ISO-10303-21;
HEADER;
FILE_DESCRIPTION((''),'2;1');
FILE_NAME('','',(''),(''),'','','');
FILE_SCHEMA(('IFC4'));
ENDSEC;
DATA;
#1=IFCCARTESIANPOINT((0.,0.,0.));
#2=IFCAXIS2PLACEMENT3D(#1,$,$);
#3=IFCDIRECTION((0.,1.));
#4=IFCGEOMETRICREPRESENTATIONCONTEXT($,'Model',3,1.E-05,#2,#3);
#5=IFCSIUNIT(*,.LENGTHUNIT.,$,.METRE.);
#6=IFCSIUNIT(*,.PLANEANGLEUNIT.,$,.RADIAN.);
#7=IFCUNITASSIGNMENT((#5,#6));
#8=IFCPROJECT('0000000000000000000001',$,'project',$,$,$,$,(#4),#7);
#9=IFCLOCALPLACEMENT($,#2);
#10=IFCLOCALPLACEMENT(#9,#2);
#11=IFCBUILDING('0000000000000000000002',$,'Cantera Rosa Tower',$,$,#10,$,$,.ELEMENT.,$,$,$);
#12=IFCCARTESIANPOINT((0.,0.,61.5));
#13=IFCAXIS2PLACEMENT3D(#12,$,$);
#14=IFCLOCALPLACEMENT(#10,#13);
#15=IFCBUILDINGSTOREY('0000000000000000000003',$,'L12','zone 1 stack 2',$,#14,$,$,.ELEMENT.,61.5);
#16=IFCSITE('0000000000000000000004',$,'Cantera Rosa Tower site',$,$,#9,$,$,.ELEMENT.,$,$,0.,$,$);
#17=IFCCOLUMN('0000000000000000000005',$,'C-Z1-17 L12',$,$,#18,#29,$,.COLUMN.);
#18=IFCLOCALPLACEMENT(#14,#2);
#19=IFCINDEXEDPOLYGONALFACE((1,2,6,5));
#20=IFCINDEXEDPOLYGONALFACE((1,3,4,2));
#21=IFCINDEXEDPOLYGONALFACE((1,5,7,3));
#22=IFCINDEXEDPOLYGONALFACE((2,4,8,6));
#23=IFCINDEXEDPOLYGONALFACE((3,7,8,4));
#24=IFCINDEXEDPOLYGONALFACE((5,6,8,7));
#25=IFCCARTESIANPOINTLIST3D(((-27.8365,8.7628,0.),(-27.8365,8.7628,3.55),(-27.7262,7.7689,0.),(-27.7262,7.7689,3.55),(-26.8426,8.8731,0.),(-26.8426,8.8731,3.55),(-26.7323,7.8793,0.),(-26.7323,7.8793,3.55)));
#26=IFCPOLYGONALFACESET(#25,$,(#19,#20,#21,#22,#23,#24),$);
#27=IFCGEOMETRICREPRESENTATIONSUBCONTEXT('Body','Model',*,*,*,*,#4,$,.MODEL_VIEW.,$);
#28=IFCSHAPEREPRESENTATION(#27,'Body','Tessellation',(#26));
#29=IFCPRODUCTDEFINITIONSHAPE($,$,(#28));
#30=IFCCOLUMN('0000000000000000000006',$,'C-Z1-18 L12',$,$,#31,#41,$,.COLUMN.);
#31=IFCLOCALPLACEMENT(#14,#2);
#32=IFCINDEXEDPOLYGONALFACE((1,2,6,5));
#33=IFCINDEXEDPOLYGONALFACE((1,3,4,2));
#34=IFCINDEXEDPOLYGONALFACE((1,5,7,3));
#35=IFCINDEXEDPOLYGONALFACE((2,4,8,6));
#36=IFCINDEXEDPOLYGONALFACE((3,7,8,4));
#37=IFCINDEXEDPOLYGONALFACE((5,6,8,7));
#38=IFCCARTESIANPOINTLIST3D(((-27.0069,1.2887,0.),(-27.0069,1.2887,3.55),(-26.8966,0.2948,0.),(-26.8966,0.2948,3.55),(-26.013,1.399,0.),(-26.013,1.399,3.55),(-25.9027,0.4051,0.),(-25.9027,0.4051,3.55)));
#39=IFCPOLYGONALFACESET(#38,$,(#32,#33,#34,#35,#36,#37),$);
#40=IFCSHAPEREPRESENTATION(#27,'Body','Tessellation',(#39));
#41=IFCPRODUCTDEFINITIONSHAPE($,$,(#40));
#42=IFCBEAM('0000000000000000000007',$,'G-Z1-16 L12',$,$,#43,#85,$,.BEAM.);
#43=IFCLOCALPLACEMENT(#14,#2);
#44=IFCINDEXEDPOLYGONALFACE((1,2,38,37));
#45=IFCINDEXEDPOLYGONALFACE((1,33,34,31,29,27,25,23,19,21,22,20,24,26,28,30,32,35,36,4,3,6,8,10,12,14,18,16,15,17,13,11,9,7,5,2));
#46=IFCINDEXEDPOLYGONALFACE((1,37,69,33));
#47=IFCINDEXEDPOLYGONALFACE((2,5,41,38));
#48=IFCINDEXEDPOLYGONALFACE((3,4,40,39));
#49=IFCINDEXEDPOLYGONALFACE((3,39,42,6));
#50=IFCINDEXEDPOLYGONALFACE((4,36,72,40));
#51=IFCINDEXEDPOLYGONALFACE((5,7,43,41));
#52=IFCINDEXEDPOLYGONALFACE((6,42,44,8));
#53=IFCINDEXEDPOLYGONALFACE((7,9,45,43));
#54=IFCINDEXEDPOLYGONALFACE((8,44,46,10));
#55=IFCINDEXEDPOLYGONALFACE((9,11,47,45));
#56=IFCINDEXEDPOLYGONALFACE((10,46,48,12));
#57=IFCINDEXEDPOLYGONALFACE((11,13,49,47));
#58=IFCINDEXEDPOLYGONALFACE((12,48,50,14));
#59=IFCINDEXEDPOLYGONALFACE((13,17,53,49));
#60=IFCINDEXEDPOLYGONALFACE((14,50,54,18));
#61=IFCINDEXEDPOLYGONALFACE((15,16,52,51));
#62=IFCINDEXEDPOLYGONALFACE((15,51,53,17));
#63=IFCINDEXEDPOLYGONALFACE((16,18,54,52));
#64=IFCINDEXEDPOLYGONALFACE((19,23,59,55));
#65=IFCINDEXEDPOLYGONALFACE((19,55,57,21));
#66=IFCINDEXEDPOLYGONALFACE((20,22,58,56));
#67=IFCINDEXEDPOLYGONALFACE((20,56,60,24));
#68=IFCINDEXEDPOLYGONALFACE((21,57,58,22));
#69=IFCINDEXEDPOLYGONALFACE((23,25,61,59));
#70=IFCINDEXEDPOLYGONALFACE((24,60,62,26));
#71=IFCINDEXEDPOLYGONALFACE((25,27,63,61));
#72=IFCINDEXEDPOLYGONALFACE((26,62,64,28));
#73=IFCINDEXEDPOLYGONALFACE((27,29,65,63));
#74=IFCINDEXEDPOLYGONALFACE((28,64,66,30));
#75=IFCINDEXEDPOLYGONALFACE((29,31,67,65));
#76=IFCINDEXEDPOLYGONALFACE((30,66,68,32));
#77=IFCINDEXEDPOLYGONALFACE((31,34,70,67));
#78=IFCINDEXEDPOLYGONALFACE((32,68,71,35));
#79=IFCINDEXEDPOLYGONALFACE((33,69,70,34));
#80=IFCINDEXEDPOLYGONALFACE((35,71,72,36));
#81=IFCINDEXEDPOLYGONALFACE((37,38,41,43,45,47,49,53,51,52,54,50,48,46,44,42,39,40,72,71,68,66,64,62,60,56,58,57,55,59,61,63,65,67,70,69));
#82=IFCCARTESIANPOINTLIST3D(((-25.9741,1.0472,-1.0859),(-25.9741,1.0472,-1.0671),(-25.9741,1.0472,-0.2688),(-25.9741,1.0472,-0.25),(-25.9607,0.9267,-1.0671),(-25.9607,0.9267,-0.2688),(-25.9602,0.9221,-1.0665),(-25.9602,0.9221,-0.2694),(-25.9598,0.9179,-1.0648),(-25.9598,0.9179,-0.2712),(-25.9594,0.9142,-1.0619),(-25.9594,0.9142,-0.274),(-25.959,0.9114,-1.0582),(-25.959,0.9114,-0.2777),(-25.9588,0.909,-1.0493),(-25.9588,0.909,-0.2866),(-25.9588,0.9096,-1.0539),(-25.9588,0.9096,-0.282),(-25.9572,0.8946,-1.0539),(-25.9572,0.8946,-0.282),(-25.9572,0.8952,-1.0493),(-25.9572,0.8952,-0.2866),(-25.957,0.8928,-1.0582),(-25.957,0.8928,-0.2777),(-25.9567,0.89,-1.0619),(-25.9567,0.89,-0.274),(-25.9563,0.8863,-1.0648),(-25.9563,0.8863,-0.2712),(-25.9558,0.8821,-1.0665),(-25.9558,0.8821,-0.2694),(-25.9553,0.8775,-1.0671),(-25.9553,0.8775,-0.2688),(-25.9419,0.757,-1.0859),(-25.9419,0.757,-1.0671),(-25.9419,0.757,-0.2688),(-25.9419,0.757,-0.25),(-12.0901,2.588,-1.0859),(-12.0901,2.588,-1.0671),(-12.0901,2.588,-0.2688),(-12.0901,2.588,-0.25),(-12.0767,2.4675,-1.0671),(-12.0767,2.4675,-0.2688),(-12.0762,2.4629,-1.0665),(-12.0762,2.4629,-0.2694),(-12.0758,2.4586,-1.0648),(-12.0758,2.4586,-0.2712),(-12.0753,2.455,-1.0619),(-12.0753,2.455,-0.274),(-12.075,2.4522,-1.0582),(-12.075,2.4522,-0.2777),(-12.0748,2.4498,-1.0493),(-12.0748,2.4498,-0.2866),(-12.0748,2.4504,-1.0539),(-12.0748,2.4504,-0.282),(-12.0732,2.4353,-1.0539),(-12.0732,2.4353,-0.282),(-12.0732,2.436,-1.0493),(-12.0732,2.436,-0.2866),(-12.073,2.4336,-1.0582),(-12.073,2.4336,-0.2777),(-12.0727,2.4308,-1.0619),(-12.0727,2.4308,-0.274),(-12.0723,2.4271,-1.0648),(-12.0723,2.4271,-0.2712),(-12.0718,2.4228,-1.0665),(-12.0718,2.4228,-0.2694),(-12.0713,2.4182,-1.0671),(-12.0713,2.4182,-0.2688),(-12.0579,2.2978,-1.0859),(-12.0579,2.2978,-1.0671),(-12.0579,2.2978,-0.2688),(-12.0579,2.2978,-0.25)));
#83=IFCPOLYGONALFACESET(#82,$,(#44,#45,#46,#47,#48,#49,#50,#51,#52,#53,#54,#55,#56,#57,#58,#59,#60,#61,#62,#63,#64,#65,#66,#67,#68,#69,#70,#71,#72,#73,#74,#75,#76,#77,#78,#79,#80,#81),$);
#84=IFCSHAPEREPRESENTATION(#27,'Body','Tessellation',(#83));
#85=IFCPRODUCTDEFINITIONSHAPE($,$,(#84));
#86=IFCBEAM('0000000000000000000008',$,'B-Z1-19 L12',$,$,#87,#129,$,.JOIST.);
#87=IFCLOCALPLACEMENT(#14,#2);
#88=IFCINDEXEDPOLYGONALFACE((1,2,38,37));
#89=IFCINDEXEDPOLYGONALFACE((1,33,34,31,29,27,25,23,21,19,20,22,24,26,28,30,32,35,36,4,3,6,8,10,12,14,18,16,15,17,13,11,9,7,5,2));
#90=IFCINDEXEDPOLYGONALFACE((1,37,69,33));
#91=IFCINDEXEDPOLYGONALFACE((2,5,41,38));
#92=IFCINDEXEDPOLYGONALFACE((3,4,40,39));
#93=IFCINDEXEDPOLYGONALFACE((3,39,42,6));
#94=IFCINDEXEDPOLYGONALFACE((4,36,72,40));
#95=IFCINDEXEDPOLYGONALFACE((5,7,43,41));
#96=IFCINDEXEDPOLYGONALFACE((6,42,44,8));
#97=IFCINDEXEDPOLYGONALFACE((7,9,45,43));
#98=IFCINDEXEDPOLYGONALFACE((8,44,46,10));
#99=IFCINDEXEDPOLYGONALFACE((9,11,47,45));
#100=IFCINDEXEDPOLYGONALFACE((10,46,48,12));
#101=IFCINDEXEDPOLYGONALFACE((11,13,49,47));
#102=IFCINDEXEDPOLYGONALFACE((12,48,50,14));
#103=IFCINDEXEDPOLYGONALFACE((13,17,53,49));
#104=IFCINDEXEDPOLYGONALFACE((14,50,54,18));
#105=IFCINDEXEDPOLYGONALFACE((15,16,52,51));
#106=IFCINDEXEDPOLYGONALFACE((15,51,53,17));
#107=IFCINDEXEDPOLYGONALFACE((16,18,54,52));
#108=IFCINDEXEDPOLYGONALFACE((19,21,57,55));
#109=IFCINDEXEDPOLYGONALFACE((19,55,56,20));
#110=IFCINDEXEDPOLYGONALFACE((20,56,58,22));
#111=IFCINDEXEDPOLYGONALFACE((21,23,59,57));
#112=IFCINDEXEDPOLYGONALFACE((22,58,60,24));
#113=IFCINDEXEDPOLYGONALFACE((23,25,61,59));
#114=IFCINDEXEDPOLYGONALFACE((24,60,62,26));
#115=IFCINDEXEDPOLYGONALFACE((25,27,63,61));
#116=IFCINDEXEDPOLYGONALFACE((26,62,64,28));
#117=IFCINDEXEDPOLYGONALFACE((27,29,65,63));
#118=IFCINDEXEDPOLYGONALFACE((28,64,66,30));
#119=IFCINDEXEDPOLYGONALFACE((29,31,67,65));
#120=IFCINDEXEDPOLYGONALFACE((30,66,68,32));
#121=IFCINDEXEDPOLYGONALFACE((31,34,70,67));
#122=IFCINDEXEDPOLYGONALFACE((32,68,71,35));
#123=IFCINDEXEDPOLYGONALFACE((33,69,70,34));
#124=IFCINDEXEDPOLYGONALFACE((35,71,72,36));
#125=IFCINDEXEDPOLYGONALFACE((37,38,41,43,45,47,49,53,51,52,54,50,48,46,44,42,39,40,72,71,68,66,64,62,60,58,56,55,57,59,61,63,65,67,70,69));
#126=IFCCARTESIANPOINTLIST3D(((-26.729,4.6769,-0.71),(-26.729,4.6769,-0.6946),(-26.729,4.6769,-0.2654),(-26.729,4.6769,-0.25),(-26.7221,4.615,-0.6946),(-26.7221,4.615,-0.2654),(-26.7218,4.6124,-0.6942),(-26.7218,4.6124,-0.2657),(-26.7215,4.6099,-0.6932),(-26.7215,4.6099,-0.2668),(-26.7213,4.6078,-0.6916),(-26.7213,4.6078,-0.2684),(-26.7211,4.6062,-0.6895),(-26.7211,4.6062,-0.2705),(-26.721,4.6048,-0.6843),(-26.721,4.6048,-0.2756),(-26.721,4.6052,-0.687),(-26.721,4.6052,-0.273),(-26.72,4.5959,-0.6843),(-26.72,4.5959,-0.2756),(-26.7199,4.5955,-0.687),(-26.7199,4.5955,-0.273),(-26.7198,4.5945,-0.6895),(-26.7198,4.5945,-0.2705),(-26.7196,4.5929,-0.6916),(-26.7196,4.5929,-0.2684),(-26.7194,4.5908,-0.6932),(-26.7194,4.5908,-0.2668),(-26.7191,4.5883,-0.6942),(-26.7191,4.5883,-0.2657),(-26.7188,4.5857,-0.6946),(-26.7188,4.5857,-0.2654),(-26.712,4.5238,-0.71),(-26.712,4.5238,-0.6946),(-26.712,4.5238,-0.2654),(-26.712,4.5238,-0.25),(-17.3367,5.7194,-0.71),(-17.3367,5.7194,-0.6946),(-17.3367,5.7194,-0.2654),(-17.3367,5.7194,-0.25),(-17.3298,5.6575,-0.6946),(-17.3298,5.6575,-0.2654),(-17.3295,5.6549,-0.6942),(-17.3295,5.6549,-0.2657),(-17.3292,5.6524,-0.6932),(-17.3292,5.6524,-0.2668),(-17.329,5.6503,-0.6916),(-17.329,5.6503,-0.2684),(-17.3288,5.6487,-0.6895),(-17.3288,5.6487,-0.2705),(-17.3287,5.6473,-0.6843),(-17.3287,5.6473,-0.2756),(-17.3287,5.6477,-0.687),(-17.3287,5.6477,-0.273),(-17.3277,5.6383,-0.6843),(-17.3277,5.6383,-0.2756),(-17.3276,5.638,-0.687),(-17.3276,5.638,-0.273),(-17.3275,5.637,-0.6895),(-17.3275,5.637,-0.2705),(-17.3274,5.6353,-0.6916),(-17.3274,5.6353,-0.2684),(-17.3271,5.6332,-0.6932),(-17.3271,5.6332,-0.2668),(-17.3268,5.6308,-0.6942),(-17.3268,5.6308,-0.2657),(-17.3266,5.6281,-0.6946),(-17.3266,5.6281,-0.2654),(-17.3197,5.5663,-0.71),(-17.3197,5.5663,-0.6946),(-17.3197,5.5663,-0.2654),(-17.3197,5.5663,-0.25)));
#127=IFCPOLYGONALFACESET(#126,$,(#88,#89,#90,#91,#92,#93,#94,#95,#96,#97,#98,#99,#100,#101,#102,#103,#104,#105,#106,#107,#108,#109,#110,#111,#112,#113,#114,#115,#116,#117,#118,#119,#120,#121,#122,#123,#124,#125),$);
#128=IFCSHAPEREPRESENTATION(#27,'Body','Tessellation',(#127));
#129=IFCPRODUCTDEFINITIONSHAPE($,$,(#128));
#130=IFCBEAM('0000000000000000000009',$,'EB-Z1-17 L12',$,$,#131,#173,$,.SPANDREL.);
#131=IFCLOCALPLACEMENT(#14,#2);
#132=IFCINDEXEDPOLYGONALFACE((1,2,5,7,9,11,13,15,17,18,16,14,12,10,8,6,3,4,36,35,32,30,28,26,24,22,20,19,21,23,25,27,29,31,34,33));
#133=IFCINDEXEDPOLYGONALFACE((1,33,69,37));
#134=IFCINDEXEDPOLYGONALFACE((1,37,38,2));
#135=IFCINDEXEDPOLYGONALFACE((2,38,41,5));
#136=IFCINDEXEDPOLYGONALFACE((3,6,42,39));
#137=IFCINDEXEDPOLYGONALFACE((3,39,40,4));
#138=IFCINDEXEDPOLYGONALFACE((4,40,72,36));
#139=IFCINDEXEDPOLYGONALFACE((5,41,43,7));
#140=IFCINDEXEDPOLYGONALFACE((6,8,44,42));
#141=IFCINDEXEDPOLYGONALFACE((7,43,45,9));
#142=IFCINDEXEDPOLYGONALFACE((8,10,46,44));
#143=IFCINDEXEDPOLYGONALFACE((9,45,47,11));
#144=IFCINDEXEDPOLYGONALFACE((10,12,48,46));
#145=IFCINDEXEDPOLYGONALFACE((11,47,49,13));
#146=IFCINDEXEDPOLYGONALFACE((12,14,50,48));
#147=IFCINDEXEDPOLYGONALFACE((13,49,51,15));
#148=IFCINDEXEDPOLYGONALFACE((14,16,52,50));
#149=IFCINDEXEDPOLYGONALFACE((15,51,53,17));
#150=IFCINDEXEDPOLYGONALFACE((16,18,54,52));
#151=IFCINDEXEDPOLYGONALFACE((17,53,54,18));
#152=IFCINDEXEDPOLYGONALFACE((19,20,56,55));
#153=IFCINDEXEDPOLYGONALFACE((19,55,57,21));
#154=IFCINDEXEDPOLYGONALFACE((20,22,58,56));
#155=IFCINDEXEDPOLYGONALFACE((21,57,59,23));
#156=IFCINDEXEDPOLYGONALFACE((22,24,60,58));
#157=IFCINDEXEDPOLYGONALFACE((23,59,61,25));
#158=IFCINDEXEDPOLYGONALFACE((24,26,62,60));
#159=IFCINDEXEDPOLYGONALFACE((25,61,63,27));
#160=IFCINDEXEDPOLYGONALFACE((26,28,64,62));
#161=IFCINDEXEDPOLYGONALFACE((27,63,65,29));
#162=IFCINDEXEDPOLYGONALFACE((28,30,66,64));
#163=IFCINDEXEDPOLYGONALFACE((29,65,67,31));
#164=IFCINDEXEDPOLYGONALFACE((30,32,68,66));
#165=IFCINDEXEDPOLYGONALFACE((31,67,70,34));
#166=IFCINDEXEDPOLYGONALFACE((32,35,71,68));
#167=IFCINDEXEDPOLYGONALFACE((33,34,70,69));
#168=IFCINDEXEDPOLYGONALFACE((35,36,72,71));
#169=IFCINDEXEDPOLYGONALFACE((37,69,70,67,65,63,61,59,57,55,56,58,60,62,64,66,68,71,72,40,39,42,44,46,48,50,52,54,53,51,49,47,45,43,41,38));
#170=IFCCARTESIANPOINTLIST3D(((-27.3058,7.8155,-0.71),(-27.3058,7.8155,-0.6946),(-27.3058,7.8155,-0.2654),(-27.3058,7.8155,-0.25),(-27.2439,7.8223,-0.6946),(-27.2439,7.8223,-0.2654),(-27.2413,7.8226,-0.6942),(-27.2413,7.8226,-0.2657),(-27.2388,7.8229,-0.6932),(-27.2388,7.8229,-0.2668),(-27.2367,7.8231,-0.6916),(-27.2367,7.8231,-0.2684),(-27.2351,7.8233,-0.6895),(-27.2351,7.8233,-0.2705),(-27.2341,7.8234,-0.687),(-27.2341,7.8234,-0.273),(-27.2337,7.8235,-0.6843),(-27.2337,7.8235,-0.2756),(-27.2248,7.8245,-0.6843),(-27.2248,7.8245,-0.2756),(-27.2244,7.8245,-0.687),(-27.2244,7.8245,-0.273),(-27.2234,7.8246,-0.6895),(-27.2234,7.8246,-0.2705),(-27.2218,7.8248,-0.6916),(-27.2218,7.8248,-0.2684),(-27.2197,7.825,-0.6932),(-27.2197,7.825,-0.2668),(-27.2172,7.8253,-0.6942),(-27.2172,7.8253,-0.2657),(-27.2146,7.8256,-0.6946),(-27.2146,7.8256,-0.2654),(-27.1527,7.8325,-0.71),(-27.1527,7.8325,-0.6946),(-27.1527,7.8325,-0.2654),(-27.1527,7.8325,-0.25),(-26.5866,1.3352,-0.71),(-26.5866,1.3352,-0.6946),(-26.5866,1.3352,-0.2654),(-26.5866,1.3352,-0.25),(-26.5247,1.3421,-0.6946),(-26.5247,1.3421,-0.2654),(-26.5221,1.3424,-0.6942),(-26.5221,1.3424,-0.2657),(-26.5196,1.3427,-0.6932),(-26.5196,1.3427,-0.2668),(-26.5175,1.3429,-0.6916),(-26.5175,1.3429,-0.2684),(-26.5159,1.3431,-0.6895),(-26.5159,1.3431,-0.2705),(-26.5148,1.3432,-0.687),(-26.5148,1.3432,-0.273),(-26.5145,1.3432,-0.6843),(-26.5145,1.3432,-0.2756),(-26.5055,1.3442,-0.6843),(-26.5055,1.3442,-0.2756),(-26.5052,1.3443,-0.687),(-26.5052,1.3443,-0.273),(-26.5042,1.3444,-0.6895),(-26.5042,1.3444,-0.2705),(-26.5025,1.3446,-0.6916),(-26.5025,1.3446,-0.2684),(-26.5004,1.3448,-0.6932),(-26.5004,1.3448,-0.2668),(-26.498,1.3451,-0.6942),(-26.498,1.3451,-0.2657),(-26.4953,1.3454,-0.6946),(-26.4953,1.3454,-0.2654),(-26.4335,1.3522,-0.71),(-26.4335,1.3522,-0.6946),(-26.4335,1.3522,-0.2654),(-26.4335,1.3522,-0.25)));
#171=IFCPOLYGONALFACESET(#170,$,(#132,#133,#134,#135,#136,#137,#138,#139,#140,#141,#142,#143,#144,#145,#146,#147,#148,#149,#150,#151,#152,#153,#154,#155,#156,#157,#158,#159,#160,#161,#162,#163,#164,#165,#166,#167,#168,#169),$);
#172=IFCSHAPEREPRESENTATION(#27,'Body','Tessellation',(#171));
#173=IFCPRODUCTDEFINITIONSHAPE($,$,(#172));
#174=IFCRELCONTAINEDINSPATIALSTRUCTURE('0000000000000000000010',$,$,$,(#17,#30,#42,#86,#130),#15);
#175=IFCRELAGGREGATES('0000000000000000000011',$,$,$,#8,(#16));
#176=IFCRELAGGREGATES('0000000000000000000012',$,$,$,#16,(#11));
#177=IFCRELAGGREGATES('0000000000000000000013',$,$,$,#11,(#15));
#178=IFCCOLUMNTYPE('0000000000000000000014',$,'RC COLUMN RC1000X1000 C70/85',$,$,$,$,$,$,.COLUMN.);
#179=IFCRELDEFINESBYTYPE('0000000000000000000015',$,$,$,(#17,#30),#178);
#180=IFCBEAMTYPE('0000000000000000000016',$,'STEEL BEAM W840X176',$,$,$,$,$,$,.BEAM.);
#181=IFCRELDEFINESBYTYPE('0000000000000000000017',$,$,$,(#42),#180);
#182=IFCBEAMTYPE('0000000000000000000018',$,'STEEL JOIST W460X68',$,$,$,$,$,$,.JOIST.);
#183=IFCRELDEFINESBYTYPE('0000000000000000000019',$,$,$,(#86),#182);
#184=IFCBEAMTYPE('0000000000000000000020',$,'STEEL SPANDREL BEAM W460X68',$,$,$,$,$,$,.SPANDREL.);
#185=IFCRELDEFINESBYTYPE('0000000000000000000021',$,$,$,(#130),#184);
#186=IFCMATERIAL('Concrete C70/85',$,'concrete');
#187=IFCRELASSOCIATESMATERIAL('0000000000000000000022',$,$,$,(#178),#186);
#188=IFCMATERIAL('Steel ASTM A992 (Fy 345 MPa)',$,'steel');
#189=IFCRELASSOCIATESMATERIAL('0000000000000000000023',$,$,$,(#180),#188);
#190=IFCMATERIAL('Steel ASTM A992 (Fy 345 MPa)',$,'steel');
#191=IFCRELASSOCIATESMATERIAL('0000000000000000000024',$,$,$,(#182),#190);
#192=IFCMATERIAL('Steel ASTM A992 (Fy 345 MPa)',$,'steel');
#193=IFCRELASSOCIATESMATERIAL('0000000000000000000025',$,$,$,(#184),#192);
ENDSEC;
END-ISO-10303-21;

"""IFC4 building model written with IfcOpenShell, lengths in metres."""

from ifc_helpers import new_model, si_unit, direction, frame, origin, origin_2d, place, context, subcontext, project, spatial, rectangle, i_section, extrude, material, material_profile, profile_set, type_object, element, save


model = new_model("IFC4")

# Units and contexts
model_context = context("Model", 3, precision=1e-05, world=origin(), true_north=direction((0.0, 1.0)))
body_context = subcontext(model_context, "Body", "Model", "MODEL_VIEW")
ifc_project = project(units=[si_unit("LENGTHUNIT", "METRE"), si_unit("PLANEANGLEUNIT", "RADIAN")], contexts=[model_context])

# Site, building, storey
site_placement = place(None, origin())
site = spatial("IfcSite", under=ifc_project, at=site_placement, Name="Cantera Rosa Tower site", CompositionType="ELEMENT", RefElevation=0.0)
building_placement = place(site_placement, origin())
building = spatial("IfcBuilding", under=site, at=building_placement, Name="Cantera Rosa Tower", CompositionType="ELEMENT")
storey_placement = place(building_placement, frame((0.0, 0.0, 61.5)))
storey = spatial("IfcBuildingStorey", under=building, at=storey_placement, Name="L12", Description="zone 1 stack 2", CompositionType="ELEMENT", Elevation=61.5)

# Columns
ifc_material_1 = material(Name="Concrete C70/85", Category="concrete")
ifc_material_profile_1 = material_profile(ifc_material_1, rectangle(XDim=1.0, YDim=1.0, at=origin_2d()), Name="RC COLUMN RC1000X1000 C70/85")
ifc_profile_set_1 = profile_set([ifc_material_profile_1], Name="Concrete C70/85")
column_type = type_object("IfcColumnType", Name="RC COLUMN RC1000X1000 C70/85", PredefinedType="COLUMN", material=ifc_profile_set_1)
for number, where, z_axis, x_axis, name in (
    (1, (-27.2844, 8.321, 0.0), (0.0, 0.0, 1.0), (0.993897, 0.110313, 0.0), "C-Z1-17 L12"),
    (2, (-26.4548, 0.8469, 0.0), (0.0, 0.0, 1.0), (0.993897, 0.110313, 0.0), "C-Z1-18 L12"),
):
    element("IfcColumn", number, at=place(storey_placement, frame(where, z_axis=z_axis, x_axis=x_axis)), inside=storey, type_object=column_type, Name=name, PredefinedType="COLUMN", context=body_context, shape_type="SweptSolid", body=[
        extrude(rectangle(XDim=1.0, YDim=1.0, at=origin_2d()), origin(), (0.0, 0.0, 1.0), 3.55),
    ])

# Beams
ifc_material_2 = material(Name="Steel ASTM A992 (Fy 345 MPa)", Category="steel")
ifc_material_profile_2 = material_profile(ifc_material_2, i_section(OverallWidth=0.292, OverallDepth=0.8359, WebThickness=0.0139, FlangeThickness=0.0188, FilletRadius=0.0178, at=origin_2d()), Name="W840X176")
ifc_profile_set_2 = profile_set([ifc_material_profile_2], Name="Steel ASTM A992 (Fy 345 MPa)")
beam_type_1 = type_object("IfcBeamType", Name="STEEL BEAM W840X176", PredefinedType="BEAM", material=ifc_profile_set_2)
beam_1_placement = place(storey_placement, frame((-25.958, 0.9021, -0.668), z_axis=(0.993899, 0.110297, 0.0), x_axis=(-0.110297, 0.993899, 0.0)))
element("IfcBeam", 3, at=beam_1_placement, inside=storey, type_object=beam_type_1, Name="G-Z1-16 L12", PredefinedType="BEAM", context=body_context, shape_type="SweptSolid", body=[
    extrude(i_section(OverallWidth=0.292, OverallDepth=0.8359, WebThickness=0.0139, FlangeThickness=0.0188, FilletRadius=0.0178, at=origin_2d()), origin(), (0.0, 0.0, 1.0), 13.9692),
])
ifc_material_3 = material(Name="Steel ASTM A992 (Fy 345 MPa)", Category="steel")
ifc_material_profile_3 = material_profile(ifc_material_3, i_section(OverallWidth=0.1541, OverallDepth=0.46, WebThickness=0.009, FlangeThickness=0.0154, FilletRadius=0.0103, at=origin_2d()), Name="W460X68")
ifc_profile_set_3 = profile_set([ifc_material_profile_3], Name="Steel ASTM A992 (Fy 345 MPa)")
beam_type_2 = type_object("IfcBeamType", Name="STEEL JOIST W460X68", PredefinedType="JOIST", material=ifc_profile_set_3)
beam_2_placement = place(storey_placement, frame((-26.7205, 4.6003, -0.48), z_axis=(0.993897, 0.110315, 0.0), x_axis=(-0.110315, 0.993897, 0.0)))
element("IfcBeam", 4, at=beam_2_placement, inside=storey, type_object=beam_type_2, Name="B-Z1-19 L12", PredefinedType="JOIST", context=body_context, shape_type="SweptSolid", body=[
    extrude(i_section(OverallWidth=0.1541, OverallDepth=0.46, WebThickness=0.009, FlangeThickness=0.0154, FilletRadius=0.0103, at=origin_2d()), origin(), (0.0, 0.0, 1.0), 9.45),
])
ifc_material_4 = material(Name="Steel ASTM A992 (Fy 345 MPa)", Category="steel")
ifc_material_profile_4 = material_profile(ifc_material_4, i_section(OverallWidth=0.1541, OverallDepth=0.46, WebThickness=0.009, FlangeThickness=0.0154, FilletRadius=0.0103, at=origin_2d()), Name="W460X68")
ifc_profile_set_4 = profile_set([ifc_material_profile_4], Name="Steel ASTM A992 (Fy 345 MPa)")
beam_type_3 = type_object("IfcBeamType", Name="STEEL SPANDREL BEAM W460X68", PredefinedType="SPANDREL", material=ifc_profile_set_4)
for number, where, z_axis, x_axis, name in (
    (5, (-27.2292, 7.824, -0.48), (0.110312, -0.993897, 0.0), (0.993897, 0.110312, 0.0), "EB-Z1-17 L12"),
):
    element("IfcBeam", number, at=place(storey_placement, frame(where, z_axis=z_axis, x_axis=x_axis)), inside=storey, type_object=beam_type_3, Name=name, PredefinedType="SPANDREL", context=body_context, shape_type="SweptSolid", body=[
        extrude(i_section(OverallWidth=0.1541, OverallDepth=0.46, WebThickness=0.009, FlangeThickness=0.0154, FilletRadius=0.0103, at=origin_2d()), origin(), (0.0, 0.0, 1.0), 6.52),
    ])

save(model, "model.ifc")
